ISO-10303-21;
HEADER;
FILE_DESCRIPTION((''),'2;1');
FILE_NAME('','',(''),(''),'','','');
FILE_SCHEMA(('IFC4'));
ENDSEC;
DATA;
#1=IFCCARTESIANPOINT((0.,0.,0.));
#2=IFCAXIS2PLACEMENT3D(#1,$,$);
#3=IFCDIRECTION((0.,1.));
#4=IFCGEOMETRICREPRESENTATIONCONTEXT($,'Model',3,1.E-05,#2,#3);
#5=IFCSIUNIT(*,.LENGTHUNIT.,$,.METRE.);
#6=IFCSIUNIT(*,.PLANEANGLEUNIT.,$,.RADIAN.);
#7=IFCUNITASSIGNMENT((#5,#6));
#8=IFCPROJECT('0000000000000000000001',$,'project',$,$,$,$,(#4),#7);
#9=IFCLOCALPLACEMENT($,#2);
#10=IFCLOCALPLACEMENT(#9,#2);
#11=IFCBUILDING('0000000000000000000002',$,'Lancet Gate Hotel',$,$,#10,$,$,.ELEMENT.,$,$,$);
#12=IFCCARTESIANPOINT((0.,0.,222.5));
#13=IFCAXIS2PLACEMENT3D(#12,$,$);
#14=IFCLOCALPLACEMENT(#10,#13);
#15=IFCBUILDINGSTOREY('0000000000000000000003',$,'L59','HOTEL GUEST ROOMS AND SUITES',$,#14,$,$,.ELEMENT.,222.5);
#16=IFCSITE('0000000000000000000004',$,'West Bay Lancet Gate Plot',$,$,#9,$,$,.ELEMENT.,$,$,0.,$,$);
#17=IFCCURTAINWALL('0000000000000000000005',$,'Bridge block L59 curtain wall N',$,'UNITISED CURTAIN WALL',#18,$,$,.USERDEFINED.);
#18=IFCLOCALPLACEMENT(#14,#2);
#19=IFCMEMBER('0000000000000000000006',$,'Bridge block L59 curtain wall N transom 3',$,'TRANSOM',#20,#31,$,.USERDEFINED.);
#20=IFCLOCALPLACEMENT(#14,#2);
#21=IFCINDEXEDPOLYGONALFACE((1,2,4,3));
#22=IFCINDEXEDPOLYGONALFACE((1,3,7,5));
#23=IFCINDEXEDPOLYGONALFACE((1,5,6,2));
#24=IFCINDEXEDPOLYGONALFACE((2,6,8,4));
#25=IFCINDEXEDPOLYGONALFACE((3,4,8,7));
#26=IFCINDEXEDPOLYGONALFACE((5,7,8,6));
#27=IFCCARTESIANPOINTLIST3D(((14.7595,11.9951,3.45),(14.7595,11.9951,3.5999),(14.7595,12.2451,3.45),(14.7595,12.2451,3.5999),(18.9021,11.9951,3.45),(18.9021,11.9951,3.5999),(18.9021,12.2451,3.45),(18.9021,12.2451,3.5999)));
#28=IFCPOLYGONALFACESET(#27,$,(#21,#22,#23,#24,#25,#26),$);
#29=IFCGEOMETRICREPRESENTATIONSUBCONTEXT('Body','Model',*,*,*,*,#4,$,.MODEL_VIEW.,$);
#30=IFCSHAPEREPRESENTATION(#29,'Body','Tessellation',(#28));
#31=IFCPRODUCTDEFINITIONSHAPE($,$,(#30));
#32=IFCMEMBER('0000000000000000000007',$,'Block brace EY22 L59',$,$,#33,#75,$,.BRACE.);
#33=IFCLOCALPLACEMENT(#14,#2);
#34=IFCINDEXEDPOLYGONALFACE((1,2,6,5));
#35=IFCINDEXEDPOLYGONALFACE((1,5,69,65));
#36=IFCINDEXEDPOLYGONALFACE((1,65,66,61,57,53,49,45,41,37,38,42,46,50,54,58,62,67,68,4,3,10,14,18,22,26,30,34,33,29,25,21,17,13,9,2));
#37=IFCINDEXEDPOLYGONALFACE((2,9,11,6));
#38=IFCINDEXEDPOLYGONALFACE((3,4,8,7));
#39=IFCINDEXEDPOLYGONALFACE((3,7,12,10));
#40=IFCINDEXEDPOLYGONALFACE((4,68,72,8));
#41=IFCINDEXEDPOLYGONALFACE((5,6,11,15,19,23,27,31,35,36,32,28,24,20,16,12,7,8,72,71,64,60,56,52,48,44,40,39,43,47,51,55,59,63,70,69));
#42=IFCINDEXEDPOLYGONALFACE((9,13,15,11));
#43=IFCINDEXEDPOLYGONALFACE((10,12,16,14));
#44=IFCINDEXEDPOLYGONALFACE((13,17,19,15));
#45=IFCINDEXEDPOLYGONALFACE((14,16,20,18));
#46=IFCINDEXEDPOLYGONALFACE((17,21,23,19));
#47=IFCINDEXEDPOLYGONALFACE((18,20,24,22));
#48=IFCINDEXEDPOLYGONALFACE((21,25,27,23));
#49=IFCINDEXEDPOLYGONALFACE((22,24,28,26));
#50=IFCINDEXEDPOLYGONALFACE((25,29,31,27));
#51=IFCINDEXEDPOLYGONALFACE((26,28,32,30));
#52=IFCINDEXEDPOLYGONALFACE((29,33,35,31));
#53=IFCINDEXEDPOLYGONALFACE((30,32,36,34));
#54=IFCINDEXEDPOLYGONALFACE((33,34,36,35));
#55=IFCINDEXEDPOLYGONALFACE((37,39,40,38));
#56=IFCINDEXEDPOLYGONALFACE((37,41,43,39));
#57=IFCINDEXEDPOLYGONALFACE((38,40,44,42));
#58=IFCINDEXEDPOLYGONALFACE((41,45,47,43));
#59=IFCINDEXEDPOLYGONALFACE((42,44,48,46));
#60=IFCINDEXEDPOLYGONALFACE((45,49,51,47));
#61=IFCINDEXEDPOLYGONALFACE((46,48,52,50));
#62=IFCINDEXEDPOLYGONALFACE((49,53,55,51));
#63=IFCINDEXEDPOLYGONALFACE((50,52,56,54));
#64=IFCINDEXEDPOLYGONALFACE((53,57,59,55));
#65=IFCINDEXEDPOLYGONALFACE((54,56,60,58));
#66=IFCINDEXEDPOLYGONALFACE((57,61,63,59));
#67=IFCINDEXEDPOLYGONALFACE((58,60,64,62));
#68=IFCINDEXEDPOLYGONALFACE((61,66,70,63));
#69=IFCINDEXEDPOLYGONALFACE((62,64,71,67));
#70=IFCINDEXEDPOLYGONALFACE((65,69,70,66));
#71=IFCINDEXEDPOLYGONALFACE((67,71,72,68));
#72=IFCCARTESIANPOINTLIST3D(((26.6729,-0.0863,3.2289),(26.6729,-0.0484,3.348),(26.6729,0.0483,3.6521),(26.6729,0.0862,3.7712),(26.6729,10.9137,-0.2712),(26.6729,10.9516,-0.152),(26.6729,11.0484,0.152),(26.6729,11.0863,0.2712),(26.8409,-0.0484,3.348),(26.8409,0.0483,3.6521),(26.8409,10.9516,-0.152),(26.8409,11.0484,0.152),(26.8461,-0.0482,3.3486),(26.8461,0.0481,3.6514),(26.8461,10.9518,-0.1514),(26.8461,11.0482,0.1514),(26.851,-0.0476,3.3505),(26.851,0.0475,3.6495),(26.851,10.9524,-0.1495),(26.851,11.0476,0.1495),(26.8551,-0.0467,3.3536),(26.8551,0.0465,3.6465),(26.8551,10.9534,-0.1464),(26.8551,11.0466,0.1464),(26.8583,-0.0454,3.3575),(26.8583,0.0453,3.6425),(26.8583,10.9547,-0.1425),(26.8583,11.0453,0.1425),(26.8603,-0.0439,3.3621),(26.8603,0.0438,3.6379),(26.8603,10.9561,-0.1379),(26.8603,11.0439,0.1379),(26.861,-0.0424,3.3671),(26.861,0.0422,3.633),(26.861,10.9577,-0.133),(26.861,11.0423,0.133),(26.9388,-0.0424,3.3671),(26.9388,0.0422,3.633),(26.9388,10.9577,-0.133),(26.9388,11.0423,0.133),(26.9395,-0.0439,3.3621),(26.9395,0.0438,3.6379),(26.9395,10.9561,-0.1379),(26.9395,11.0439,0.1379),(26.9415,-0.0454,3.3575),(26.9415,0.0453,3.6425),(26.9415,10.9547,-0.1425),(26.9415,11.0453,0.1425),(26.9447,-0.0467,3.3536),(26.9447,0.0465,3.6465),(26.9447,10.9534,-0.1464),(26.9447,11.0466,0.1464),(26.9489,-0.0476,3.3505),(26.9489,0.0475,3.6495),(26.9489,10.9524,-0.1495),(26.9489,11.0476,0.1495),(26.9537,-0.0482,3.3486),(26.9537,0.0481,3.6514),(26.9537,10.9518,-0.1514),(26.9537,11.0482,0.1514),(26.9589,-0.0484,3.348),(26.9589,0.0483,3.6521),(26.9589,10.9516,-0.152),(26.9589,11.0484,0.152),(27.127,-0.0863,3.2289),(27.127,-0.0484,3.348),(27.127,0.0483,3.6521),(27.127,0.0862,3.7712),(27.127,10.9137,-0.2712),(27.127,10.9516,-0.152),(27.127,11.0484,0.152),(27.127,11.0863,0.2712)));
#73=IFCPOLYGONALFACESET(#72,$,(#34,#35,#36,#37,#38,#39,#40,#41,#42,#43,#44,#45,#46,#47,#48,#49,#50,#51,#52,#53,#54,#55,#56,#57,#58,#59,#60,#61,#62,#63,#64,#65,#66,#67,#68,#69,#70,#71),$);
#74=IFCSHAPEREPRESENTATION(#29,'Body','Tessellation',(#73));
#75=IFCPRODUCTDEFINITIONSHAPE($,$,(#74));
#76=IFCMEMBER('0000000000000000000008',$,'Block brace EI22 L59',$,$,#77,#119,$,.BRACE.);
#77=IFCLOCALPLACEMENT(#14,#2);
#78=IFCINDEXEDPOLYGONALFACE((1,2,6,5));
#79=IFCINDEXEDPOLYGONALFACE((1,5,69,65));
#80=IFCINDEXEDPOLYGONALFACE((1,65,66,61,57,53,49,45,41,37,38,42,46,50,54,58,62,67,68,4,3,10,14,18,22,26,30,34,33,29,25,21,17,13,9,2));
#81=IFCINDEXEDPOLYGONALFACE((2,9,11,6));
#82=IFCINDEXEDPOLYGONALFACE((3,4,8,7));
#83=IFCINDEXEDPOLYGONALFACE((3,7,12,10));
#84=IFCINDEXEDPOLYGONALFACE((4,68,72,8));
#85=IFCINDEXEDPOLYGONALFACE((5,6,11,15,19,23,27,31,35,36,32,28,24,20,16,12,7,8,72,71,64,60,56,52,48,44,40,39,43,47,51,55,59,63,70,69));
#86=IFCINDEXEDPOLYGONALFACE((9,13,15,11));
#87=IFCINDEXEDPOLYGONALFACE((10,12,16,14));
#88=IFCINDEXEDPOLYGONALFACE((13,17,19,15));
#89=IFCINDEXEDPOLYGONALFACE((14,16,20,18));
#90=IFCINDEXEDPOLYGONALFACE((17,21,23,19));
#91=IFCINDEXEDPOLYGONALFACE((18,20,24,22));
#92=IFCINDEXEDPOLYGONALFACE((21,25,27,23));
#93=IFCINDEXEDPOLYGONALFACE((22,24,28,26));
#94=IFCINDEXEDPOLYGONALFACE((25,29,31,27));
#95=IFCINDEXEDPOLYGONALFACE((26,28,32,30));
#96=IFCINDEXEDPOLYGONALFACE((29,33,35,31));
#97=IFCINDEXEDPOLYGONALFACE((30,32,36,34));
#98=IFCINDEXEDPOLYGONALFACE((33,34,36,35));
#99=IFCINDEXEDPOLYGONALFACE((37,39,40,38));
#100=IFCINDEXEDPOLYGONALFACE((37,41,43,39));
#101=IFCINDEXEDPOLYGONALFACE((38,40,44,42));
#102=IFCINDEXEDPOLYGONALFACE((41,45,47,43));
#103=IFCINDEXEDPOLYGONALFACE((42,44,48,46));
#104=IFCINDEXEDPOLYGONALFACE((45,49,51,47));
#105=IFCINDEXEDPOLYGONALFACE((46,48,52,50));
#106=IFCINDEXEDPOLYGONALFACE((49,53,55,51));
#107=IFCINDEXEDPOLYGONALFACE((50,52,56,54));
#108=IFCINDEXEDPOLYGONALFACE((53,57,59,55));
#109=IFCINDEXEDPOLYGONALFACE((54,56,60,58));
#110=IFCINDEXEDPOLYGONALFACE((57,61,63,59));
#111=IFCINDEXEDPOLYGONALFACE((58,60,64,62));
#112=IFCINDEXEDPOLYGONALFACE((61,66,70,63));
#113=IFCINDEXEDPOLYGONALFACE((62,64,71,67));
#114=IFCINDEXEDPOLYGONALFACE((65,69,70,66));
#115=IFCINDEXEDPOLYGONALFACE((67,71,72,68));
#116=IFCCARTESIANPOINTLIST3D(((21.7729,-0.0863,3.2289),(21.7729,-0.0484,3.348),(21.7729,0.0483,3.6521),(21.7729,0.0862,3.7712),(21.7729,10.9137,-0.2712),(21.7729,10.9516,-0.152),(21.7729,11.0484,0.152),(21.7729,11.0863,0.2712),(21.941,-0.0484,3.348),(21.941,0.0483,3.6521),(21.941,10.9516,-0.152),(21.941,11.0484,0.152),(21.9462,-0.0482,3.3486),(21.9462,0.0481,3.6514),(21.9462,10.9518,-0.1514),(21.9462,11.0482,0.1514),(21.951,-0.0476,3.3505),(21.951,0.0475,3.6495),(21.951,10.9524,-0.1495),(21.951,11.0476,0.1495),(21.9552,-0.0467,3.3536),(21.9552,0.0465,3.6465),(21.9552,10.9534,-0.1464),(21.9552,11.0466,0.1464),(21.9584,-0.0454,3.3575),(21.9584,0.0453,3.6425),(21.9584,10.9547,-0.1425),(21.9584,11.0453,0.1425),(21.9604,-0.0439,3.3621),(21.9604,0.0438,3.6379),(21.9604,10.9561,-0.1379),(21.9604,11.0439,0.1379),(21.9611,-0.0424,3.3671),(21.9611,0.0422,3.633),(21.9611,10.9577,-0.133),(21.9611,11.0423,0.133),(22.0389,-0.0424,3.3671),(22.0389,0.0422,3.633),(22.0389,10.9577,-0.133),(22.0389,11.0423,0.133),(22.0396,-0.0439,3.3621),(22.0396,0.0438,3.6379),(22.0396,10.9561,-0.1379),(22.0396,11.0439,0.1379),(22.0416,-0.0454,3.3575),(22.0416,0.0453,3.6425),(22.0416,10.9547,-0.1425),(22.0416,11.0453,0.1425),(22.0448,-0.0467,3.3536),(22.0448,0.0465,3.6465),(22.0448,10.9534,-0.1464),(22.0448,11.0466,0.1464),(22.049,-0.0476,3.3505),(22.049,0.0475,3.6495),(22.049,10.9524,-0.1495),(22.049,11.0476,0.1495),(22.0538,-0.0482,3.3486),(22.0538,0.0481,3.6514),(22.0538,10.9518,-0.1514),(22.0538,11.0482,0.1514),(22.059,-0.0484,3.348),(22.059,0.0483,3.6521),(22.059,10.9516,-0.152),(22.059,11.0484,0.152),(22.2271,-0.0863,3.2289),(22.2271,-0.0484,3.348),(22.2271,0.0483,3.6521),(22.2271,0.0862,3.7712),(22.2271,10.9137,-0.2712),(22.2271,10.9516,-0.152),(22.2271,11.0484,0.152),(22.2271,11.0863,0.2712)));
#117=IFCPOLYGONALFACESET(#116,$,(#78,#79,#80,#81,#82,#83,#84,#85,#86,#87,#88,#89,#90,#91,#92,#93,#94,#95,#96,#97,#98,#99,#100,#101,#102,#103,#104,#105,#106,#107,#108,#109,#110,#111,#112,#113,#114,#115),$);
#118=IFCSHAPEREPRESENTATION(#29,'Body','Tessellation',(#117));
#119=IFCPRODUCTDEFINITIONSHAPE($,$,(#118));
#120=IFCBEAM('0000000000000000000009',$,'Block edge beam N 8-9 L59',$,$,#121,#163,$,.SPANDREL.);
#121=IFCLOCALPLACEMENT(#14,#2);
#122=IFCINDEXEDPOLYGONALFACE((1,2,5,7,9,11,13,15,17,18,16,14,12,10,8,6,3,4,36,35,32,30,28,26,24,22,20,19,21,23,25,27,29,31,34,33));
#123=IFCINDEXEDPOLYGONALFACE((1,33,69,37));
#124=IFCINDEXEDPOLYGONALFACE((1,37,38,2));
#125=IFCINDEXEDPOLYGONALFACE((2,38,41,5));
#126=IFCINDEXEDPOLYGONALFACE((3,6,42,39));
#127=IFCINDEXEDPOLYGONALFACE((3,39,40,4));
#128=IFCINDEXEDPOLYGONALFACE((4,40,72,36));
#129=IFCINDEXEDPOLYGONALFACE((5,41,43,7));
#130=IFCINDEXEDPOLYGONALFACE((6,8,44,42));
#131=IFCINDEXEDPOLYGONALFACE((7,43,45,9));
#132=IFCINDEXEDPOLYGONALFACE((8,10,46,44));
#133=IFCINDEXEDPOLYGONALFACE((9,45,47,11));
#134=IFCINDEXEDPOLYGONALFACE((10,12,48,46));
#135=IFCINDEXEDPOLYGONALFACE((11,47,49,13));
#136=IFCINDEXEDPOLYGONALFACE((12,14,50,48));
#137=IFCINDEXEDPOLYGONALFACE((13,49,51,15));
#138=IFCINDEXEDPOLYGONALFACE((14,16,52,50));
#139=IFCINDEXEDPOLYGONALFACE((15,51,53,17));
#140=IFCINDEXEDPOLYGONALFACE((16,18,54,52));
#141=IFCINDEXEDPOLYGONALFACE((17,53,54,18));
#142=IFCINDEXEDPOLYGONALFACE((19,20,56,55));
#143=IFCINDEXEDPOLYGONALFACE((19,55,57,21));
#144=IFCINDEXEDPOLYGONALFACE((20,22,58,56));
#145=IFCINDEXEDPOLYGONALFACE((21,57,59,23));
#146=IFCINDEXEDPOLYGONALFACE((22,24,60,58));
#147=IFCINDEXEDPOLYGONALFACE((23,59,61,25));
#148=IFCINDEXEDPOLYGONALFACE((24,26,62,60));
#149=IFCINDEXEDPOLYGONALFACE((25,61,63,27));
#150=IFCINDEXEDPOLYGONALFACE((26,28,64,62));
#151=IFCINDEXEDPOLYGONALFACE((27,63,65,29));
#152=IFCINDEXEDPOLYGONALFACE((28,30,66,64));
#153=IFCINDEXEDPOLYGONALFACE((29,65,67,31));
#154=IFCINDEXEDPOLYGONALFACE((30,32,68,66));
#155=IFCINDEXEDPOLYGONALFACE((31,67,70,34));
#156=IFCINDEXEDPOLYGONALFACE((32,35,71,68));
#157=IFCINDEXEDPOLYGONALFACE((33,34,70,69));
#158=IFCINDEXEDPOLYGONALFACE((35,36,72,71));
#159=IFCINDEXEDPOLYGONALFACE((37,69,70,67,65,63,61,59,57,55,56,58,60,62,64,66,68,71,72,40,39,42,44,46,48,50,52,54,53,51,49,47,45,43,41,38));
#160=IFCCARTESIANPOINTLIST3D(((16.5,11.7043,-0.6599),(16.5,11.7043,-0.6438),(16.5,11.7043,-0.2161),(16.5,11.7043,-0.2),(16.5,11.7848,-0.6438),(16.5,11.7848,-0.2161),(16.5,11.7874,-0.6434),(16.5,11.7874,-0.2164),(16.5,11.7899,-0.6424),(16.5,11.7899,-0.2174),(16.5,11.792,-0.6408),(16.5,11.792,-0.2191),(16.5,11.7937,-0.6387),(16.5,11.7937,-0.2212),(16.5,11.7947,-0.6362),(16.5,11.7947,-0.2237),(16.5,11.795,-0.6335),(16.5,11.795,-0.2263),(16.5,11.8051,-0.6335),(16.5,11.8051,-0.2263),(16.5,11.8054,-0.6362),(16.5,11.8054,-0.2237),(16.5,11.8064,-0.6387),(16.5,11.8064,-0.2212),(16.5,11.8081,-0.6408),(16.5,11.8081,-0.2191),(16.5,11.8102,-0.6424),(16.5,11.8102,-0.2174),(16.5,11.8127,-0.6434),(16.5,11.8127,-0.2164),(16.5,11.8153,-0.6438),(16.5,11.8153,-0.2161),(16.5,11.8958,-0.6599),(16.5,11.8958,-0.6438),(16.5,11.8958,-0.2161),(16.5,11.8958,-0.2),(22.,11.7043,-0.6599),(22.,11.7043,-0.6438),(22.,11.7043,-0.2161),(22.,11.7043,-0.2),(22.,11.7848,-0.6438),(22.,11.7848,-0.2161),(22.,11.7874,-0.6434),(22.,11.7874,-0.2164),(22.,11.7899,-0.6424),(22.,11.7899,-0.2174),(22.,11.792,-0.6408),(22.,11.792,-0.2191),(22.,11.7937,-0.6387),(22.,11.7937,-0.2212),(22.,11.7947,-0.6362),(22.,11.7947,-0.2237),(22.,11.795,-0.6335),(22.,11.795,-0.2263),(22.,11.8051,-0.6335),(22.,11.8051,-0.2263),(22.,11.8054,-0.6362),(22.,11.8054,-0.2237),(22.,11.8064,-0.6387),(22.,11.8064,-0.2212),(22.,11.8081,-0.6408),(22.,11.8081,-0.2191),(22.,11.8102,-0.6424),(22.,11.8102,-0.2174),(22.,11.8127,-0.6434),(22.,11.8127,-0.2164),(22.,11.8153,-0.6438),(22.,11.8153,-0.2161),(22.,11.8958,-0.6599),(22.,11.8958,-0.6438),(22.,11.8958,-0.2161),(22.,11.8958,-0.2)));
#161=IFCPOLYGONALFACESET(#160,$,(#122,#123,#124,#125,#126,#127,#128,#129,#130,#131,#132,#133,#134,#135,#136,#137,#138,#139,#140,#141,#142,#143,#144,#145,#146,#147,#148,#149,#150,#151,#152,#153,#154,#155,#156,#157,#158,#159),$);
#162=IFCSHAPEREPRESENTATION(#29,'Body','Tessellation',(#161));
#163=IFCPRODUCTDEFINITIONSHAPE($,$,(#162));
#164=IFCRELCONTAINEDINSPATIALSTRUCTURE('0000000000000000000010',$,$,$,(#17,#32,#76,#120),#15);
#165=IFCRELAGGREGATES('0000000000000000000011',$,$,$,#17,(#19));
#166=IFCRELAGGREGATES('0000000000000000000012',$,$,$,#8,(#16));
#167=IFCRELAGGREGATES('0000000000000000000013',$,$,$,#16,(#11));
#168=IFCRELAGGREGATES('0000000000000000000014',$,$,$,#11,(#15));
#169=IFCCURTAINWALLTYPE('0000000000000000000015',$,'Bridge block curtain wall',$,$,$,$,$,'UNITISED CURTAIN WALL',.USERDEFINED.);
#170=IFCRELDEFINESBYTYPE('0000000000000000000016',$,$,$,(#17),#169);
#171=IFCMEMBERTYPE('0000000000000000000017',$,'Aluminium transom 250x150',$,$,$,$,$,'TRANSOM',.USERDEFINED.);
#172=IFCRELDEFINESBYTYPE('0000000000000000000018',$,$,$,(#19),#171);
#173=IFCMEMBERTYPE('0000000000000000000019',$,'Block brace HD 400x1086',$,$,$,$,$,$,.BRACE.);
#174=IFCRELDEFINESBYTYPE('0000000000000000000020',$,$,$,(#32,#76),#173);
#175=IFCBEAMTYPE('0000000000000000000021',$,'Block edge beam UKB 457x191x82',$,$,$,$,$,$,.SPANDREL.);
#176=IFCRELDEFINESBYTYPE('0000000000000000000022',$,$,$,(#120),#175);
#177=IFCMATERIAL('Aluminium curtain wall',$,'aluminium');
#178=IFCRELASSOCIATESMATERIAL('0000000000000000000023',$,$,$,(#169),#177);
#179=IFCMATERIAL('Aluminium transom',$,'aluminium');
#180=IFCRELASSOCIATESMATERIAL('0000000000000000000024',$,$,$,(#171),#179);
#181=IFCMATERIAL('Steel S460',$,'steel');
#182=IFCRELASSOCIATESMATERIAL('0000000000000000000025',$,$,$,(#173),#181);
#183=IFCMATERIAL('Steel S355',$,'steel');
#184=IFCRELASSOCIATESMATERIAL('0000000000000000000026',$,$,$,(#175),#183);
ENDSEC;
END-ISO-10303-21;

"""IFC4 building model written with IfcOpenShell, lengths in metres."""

from ifc_helpers import new_model, si_unit, direction, frame, origin, origin_2d, place, context, subcontext, project, spatial, rectangle, i_section, extrude, material, material_profile, profile_set, type_object, element, aggregate, save


model = new_model("IFC4")

# Units and contexts
model_context = context("Model", 3, precision=1e-05, world=origin(), true_north=direction((0.0, 1.0)))
body_context = subcontext(model_context, "Body", "Model", "MODEL_VIEW")
ifc_project = project(units=[si_unit("LENGTHUNIT", "METRE"), si_unit("PLANEANGLEUNIT", "RADIAN")], contexts=[model_context])

# Site, building, storey
site_placement = place(None, origin())
site = spatial("IfcSite", under=ifc_project, at=site_placement, Name="West Bay Lancet Gate Plot", CompositionType="ELEMENT", RefElevation=0.0)
building_placement = place(site_placement, origin())
building = spatial("IfcBuilding", under=site, at=building_placement, Name="Lancet Gate Hotel", CompositionType="ELEMENT")
storey_placement = place(building_placement, frame((0.0, 0.0, 222.5)))
storey = spatial("IfcBuildingStorey", under=building, at=storey_placement, Name="L59", Description="HOTEL GUEST ROOMS AND SUITES", CompositionType="ELEMENT", Elevation=222.5)

# Curtain wall
ifc_material_1 = material(Name="Aluminium curtain wall", Category="aluminium")
curtain_wall_type_1 = type_object("IfcCurtainWallType", Name="Bridge block curtain wall", ElementType="UNITISED CURTAIN WALL", PredefinedType="USERDEFINED", material=ifc_material_1)
curtain_wall_1_placement = place(storey_placement, origin())
curtain_wall_1 = element("IfcCurtainWall", 1, at=curtain_wall_1_placement, inside=storey, type_object=curtain_wall_type_1, Name="Bridge block L59 curtain wall N", ObjectType="UNITISED CURTAIN WALL", PredefinedType="USERDEFINED")

# Member
ifc_material_2 = material(Name="Aluminium transom", Category="aluminium")
ifc_material_profile_1 = material_profile(ifc_material_2, rectangle(XDim=0.25, YDim=0.1499, at=origin_2d()), Name="TRANSOM 250x150")
ifc_profile_set_1 = profile_set([ifc_material_profile_1], Name="Aluminium transom")
member_type_1 = type_object("IfcMemberType", Name="Aluminium transom 250x150", ElementType="TRANSOM", PredefinedType="USERDEFINED", material=ifc_profile_set_1)
member_1_placement = place(storey_placement, frame((18.9021, 12.1201, 3.5249), z_axis=(-1.0, 0.0, 0.0), x_axis=(0.0, -1.0, 0.0)))
member_1 = element("IfcMember", 2, at=member_1_placement, type_object=member_type_1, Name="Bridge block L59 curtain wall N transom 3", ObjectType="TRANSOM", PredefinedType="USERDEFINED", context=body_context, shape_type="SweptSolid", body=[
    extrude(rectangle(XDim=0.25, YDim=0.1499, at=origin_2d()), origin(), (0.0, 0.0, 1.0), 4.1426),
])

# Members
ifc_material_3 = material(Name="Steel S460", Category="steel")
ifc_material_profile_2 = material_profile(ifc_material_3, i_section(OverallWidth=0.4541, OverallDepth=0.5691, WebThickness=0.0779, FlangeThickness=0.125, FilletRadius=0.02, at=origin_2d()), Name="HD 400x1086")
ifc_profile_set_2 = profile_set([ifc_material_profile_2], Name="Steel S460")
member_type_2 = type_object("IfcMemberType", Name="Block brace HD 400x1086", PredefinedType="BRACE", material=ifc_profile_set_2)
for number, where, z_axis, x_axis, name in (
    (3, (26.8999, 11.0, 0.0), (0.0, -0.952926, 0.303204), (1.0, 0.0, 0.0), "Block brace EY22 L59"),
    (4, (22.0, 11.0, 0.0), (0.0, -0.952926, 0.303204), (1.0, 0.0, 0.0), "Block brace EI22 L59"),
):
    element("IfcMember", number, at=place(storey_placement, frame(where, z_axis=z_axis, x_axis=x_axis)), inside=storey, type_object=member_type_2, Name=name, PredefinedType="BRACE", context=body_context, shape_type="SweptSolid", body=[
        extrude(i_section(OverallWidth=0.4541, OverallDepth=0.5691, WebThickness=0.0779, FlangeThickness=0.125, FilletRadius=0.02, at=origin_2d()), origin(), (0.0, 0.0, 1.0), 11.5435),
    ])

# Beam
ifc_material_4 = material(Name="Steel S355", Category="steel")
ifc_material_profile_3 = material_profile(ifc_material_4, i_section(OverallWidth=0.1914, OverallDepth=0.46, WebThickness=0.01, FlangeThickness=0.0161, FilletRadius=0.0103, at=origin_2d()), Name="UKB 457x191x82")
ifc_profile_set_3 = profile_set([ifc_material_profile_3], Name="Steel S355")
beam_type_1 = type_object("IfcBeamType", Name="Block edge beam UKB 457x191x82", PredefinedType="SPANDREL", material=ifc_profile_set_3)
beam_1_placement = place(storey_placement, frame((16.5, 11.8, -0.4299), z_axis=(1.0, 0.0, 0.0), x_axis=(0.0, 1.0, 0.0)))
element("IfcBeam", 5, at=beam_1_placement, inside=storey, type_object=beam_type_1, Name="Block edge beam N 8-9 L59", PredefinedType="SPANDREL", context=body_context, shape_type="SweptSolid", body=[
    extrude(i_section(OverallWidth=0.1914, OverallDepth=0.46, WebThickness=0.01, FlangeThickness=0.0161, FilletRadius=0.0103, at=origin_2d()), origin(), (0.0, 0.0, 1.0), 5.5),
])

aggregate(curtain_wall_1, [member_1])

save(model, "model.ifc")
